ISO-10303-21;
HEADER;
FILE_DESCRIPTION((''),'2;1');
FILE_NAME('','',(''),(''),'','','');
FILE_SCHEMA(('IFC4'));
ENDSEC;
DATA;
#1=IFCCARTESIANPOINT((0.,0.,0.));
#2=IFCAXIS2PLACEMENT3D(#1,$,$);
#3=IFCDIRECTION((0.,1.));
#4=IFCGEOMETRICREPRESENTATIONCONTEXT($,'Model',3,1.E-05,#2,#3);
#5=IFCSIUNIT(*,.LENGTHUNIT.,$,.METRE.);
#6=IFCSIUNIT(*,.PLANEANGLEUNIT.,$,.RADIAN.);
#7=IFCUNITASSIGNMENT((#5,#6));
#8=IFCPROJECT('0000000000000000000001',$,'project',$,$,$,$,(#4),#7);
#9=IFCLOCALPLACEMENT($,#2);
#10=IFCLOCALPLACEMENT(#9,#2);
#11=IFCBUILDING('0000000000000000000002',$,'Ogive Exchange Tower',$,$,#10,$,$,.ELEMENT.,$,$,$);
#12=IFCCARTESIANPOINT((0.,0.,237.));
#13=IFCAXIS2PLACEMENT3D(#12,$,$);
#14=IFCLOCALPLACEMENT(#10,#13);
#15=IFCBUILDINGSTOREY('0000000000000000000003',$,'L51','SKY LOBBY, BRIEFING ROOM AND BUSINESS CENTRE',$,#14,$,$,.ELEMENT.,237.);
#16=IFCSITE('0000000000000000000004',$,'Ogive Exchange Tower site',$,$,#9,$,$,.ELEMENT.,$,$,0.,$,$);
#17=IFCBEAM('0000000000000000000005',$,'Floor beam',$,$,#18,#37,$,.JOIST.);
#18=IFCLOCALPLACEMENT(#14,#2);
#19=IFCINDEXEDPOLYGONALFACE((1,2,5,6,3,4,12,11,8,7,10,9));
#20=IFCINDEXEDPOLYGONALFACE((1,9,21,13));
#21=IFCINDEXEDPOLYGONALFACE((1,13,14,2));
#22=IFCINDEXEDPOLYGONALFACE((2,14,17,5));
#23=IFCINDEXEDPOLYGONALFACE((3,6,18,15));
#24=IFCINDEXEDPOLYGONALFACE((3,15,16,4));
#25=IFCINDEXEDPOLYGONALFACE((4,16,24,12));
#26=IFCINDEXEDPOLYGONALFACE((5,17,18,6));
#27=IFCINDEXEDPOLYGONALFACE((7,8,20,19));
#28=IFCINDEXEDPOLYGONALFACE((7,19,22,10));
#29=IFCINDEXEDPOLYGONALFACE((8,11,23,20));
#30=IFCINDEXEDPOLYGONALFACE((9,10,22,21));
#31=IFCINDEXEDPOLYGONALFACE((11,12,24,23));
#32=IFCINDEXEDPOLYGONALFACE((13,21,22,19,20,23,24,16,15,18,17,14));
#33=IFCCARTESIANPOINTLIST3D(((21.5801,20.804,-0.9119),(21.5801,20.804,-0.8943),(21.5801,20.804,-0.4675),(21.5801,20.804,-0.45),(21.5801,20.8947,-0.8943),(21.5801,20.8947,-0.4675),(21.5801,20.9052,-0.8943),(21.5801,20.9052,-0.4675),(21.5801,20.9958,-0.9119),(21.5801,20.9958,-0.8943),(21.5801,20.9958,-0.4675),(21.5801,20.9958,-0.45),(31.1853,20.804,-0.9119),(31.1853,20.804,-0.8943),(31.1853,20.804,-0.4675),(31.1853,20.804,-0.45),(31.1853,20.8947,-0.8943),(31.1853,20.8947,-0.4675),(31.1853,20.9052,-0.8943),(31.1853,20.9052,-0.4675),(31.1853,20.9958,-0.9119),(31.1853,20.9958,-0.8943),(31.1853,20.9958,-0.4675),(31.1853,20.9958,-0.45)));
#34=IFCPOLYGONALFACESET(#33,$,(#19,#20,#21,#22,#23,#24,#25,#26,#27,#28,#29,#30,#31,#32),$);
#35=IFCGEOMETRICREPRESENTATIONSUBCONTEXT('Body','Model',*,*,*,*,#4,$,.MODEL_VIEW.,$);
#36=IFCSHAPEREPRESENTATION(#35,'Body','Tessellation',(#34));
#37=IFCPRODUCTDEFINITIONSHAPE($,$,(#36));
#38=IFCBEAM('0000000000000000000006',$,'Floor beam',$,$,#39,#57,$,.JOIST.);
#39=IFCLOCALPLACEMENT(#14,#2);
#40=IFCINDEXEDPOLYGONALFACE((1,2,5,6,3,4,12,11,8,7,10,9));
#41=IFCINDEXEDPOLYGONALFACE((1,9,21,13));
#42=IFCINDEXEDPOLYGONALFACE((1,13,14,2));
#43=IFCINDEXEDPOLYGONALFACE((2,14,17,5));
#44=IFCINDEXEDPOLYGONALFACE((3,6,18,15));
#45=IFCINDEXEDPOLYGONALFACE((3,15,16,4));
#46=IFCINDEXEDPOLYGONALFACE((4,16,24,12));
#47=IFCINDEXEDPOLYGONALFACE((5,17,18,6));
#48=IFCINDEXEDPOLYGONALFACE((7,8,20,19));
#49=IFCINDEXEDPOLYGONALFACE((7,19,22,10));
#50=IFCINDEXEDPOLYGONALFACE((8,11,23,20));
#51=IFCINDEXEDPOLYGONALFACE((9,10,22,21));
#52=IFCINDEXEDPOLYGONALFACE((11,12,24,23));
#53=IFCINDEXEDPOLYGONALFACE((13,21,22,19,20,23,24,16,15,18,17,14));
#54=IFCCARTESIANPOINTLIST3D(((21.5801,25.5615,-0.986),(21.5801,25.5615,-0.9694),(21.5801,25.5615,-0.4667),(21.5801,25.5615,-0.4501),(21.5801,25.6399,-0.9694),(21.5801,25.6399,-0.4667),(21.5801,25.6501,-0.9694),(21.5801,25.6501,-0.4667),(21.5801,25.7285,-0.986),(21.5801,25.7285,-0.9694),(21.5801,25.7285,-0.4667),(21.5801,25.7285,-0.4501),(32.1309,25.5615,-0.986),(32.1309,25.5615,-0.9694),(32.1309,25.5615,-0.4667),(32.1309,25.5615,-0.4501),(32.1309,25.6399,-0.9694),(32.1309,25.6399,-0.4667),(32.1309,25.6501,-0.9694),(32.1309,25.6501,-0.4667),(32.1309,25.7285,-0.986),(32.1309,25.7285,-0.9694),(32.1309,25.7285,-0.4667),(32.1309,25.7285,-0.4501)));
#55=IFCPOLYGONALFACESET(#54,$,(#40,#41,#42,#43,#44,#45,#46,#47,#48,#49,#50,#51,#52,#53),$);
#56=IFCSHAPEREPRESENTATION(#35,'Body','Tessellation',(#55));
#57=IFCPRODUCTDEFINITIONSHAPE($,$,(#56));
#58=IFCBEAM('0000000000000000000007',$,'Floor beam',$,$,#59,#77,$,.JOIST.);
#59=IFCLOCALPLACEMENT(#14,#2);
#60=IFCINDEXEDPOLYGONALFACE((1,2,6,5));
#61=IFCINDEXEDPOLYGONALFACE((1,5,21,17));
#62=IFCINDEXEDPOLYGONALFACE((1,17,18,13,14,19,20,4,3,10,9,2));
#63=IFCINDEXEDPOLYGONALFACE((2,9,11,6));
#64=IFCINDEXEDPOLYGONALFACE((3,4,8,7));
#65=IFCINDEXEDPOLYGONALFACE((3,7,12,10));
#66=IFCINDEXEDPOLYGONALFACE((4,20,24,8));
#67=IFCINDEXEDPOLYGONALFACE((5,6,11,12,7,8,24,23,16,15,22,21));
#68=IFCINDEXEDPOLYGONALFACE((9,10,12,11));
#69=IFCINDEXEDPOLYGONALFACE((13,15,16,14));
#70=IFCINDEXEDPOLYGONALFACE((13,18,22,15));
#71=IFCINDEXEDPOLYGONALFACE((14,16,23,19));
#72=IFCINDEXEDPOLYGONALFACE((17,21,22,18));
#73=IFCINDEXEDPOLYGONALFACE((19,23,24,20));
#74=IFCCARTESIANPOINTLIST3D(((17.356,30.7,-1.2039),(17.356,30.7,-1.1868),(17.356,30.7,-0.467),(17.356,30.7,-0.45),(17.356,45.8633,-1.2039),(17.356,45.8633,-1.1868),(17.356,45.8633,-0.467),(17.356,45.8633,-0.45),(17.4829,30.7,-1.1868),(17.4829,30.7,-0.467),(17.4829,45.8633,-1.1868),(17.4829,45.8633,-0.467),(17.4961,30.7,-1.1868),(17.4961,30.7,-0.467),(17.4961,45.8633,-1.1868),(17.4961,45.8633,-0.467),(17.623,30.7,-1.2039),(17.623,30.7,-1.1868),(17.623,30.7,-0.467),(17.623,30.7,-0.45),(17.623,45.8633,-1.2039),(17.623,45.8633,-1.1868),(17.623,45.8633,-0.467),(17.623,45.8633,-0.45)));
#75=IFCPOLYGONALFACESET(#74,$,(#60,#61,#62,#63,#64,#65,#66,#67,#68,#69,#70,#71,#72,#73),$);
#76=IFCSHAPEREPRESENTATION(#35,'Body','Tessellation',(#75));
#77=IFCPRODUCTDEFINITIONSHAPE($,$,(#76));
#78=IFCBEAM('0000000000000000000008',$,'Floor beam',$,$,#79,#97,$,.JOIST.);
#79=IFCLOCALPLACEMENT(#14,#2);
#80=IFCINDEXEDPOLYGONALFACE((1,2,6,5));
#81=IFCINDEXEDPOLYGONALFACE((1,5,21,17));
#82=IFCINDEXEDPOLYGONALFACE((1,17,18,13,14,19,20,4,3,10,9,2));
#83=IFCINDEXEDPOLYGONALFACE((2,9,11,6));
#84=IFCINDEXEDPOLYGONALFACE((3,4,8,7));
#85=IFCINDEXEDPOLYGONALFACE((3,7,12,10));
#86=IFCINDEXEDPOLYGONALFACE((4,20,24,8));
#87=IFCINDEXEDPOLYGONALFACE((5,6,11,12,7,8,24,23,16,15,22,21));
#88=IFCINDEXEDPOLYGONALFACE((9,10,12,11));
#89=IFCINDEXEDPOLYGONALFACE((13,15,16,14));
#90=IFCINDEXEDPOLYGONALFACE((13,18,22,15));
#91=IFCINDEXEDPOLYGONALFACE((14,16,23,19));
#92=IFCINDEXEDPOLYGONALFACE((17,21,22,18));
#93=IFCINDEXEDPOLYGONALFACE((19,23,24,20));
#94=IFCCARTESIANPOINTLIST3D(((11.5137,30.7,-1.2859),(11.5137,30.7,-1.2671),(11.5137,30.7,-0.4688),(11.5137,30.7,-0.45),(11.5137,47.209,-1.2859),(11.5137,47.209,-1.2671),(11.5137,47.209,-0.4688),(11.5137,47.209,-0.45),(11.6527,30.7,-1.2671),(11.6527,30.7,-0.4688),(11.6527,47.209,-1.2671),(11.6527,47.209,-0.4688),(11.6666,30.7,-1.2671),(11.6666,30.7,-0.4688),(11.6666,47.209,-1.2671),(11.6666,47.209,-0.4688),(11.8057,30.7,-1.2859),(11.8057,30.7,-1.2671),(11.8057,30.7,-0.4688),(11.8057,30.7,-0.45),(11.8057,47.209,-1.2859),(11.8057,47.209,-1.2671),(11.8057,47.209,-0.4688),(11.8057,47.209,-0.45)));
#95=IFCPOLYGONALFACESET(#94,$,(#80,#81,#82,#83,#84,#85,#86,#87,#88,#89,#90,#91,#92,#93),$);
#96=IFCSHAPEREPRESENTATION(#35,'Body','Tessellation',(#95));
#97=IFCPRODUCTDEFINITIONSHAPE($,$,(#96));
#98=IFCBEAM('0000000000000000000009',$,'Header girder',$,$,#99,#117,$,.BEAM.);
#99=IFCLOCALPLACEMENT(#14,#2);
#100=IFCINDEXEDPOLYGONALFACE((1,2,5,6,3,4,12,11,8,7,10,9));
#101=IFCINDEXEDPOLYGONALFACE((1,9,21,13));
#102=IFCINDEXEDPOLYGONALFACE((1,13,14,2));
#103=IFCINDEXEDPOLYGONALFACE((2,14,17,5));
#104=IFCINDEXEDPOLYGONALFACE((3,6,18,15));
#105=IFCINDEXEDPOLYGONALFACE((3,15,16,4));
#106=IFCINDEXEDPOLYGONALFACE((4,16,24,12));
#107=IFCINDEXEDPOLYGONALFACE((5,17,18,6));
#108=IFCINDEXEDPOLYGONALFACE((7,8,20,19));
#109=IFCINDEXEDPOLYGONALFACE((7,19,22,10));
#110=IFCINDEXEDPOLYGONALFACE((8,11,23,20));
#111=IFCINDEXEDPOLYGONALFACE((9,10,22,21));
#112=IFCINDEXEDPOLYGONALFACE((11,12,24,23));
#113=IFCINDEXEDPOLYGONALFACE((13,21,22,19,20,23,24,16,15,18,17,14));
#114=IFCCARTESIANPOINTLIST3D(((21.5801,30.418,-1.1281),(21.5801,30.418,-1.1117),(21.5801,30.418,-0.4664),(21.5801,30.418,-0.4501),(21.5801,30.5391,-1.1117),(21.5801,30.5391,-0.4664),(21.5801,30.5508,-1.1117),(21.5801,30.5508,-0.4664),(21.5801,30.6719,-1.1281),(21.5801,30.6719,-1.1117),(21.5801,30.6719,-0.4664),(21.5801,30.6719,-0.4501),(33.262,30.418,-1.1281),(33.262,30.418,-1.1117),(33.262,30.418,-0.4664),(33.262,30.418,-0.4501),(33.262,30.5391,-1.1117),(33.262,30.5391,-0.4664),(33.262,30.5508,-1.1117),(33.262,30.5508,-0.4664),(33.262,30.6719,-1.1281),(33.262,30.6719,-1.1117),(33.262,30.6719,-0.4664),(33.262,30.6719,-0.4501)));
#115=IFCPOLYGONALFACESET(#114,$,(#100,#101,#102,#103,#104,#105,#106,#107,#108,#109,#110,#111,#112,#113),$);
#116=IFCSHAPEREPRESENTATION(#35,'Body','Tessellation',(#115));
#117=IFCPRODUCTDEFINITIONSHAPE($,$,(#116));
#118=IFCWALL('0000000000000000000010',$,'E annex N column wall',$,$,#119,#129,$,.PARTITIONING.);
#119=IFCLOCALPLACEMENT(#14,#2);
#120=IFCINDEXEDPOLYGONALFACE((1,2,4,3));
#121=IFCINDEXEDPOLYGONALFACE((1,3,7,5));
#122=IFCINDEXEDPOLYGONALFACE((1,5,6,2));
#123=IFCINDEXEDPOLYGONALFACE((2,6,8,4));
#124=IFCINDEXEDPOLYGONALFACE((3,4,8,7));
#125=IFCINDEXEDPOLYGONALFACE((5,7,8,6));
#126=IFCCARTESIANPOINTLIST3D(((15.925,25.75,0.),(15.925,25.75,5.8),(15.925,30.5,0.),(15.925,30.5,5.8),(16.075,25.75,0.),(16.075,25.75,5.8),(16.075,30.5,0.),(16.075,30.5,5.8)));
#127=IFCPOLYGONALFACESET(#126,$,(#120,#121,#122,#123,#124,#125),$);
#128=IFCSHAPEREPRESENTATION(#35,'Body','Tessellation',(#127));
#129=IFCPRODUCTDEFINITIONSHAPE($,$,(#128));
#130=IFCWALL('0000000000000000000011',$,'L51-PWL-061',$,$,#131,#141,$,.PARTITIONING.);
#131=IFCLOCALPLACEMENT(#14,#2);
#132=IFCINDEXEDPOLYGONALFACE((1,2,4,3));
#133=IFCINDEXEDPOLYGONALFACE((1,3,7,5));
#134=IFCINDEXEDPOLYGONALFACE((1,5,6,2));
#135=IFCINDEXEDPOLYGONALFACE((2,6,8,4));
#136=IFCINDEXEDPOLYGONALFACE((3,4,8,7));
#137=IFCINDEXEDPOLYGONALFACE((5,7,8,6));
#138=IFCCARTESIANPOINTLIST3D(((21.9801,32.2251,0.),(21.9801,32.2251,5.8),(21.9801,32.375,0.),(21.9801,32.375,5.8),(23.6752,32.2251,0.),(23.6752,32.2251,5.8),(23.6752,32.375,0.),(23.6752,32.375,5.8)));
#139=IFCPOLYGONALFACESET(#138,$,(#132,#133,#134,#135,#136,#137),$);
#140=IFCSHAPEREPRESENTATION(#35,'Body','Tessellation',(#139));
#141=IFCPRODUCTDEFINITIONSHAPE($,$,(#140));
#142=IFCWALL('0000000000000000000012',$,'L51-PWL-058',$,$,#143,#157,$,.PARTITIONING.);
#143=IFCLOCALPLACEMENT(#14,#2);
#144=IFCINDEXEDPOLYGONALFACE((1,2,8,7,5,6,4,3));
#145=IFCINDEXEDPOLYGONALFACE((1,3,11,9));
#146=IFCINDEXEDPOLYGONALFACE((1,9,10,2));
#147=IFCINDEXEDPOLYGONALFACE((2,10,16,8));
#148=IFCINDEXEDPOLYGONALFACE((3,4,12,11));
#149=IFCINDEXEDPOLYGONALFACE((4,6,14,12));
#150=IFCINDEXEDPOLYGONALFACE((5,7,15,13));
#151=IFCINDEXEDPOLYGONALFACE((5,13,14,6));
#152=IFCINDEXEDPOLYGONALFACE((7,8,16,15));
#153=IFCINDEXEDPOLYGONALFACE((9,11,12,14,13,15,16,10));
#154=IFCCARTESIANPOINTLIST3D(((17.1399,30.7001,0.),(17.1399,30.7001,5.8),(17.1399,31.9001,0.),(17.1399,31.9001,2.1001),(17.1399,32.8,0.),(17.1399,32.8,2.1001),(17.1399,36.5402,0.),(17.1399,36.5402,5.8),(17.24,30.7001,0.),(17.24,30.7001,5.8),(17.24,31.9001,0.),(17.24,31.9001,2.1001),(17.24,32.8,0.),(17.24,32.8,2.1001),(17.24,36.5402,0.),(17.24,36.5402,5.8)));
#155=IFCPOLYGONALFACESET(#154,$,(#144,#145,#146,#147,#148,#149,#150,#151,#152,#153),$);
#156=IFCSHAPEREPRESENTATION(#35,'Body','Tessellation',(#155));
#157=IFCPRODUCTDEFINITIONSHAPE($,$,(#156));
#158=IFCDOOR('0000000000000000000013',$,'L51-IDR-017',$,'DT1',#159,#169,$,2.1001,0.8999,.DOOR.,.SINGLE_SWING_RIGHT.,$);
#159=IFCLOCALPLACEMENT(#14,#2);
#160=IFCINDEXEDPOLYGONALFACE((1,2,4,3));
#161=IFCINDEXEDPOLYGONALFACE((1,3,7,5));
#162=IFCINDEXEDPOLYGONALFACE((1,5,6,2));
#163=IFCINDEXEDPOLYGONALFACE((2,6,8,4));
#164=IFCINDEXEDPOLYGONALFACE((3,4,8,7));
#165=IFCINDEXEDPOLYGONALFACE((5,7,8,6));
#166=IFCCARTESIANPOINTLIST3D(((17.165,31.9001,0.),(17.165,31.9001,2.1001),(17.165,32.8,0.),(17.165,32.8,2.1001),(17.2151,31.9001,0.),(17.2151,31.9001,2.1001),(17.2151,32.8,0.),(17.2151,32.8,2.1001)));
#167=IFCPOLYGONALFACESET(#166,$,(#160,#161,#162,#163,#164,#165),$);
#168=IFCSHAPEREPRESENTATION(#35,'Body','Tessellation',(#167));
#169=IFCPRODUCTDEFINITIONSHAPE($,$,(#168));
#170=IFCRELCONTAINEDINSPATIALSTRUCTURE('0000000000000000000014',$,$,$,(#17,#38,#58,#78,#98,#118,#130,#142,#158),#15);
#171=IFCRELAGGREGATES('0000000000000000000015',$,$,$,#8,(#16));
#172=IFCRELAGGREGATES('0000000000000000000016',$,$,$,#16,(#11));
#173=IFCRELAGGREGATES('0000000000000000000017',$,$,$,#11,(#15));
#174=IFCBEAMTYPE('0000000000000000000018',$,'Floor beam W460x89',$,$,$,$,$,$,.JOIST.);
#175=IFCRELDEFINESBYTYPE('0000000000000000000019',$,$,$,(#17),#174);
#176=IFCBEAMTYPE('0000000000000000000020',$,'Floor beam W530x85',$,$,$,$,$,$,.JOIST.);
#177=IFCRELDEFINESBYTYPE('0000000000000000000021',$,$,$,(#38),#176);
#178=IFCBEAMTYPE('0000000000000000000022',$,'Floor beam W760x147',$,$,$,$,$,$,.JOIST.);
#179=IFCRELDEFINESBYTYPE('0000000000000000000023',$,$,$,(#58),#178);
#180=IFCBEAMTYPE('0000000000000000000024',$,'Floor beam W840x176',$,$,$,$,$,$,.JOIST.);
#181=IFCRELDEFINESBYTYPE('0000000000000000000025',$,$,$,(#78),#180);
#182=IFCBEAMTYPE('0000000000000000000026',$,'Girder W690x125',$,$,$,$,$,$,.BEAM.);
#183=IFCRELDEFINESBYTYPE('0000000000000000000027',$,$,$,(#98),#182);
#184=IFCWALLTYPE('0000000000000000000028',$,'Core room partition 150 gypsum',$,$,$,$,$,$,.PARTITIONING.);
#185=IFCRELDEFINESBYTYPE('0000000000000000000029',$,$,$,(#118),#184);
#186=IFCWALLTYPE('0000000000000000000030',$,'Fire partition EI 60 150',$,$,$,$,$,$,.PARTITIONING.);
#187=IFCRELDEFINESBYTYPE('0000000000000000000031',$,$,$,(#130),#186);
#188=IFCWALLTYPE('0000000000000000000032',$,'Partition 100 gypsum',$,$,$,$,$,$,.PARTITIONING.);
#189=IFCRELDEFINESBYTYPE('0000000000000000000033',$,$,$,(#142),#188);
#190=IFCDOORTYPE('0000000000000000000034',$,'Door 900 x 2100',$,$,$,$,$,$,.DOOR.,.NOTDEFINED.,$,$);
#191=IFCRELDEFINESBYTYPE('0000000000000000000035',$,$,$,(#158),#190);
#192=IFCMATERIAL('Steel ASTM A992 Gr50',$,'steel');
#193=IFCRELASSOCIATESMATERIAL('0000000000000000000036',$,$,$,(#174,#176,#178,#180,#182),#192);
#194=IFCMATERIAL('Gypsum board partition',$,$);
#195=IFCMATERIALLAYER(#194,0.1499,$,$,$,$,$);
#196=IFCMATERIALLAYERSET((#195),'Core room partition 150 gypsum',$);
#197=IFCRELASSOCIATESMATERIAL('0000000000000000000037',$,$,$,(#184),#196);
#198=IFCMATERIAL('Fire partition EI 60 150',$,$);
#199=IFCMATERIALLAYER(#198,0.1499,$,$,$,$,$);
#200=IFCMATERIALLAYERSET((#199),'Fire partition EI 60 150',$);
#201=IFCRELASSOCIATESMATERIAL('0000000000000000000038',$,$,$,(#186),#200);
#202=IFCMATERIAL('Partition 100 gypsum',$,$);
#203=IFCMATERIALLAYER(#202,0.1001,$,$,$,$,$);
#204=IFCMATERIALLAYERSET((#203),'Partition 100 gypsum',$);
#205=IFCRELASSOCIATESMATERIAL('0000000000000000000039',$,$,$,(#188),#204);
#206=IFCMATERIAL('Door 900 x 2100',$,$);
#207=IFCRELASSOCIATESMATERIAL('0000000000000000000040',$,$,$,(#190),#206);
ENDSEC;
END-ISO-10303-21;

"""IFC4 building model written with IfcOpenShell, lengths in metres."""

from ifc_helpers import new_model, si_unit, direction, frame, frame_2d, origin, origin_2d, place, context, subcontext, project, spatial, rectangle, i_section, extrude, material, layer, layer_set, material_profile, profile_set, type_object, element, fill, save


model = new_model("IFC4")

# Units and contexts
model_context = context("Model", 3, precision=1e-05, world=origin(), true_north=direction((0.0, 1.0)))
body_context = subcontext(model_context, "Body", "Model", "MODEL_VIEW")
ifc_project = project(units=[si_unit("LENGTHUNIT", "METRE"), si_unit("PLANEANGLEUNIT", "RADIAN")], contexts=[model_context])

# Site, building, storey
site_placement = place(None, origin())
site = spatial("IfcSite", under=ifc_project, at=site_placement, Name="Ogive Exchange Tower site", CompositionType="ELEMENT", RefElevation=0.0)
building_placement = place(site_placement, origin())
building = spatial("IfcBuilding", under=site, at=building_placement, Name="Ogive Exchange Tower", CompositionType="ELEMENT")
storey_placement = place(building_placement, frame((0.0, 0.0, 237.0)))
storey = spatial("IfcBuildingStorey", under=building, at=storey_placement, Name="L51", Description="SKY LOBBY, BRIEFING ROOM AND BUSINESS CENTRE", CompositionType="ELEMENT", Elevation=237.0)

# Beams
ifc_material_1 = material(Name="Steel ASTM A992 Gr50", Category="steel")
ifc_material_profile_1 = material_profile(ifc_material_1, i_section(OverallWidth=0.1919, OverallDepth=0.4619, WebThickness=0.0105, FlangeThickness=0.0176, at=origin_2d()), Name="W460x89")
ifc_profile_set_1 = profile_set([ifc_material_profile_1], Name="Steel ASTM A992 Gr50")
beam_type_1 = type_object("IfcBeamType", Name="Floor beam W460x89", PredefinedType="JOIST", material=ifc_profile_set_1)
beam_1_placement = place(storey_placement, frame((21.5801, 20.8999, -0.6809), z_axis=(1.0, 0.0, 0.0), x_axis=(0.0, 1.0, 0.0)))
element("IfcBeam", 1, at=beam_1_placement, inside=storey, type_object=beam_type_1, Name="Floor beam", PredefinedType="JOIST", context=body_context, shape_type="SweptSolid", body=[
    extrude(i_section(OverallWidth=0.1919, OverallDepth=0.4619, WebThickness=0.0105, FlangeThickness=0.0176, at=origin_2d()), origin(), (0.0, 0.0, 1.0), 9.6052),
])
ifc_material_profile_2 = material_profile(ifc_material_1, i_section(OverallWidth=0.167, OverallDepth=0.5359, WebThickness=0.0103, FlangeThickness=0.0166, at=origin_2d()), Name="W530x85")
ifc_profile_set_2 = profile_set([ifc_material_profile_2], Name="Steel ASTM A992 Gr50")
beam_type_2 = type_object("IfcBeamType", Name="Floor beam W530x85", PredefinedType="JOIST", material=ifc_profile_set_2)
beam_2_placement = place(storey_placement, frame((21.5801, 25.645, -0.718), z_axis=(1.0, 0.0, 0.0), x_axis=(0.0, 1.0, 0.0)))
element("IfcBeam", 2, at=beam_2_placement, inside=storey, type_object=beam_type_2, Name="Floor beam", PredefinedType="JOIST", context=body_context, shape_type="SweptSolid", body=[
    extrude(i_section(OverallWidth=0.167, OverallDepth=0.5359, WebThickness=0.0103, FlangeThickness=0.0166, at=origin_2d()), origin(), (0.0, 0.0, 1.0), 10.5508),
])
ifc_material_profile_3 = material_profile(ifc_material_1, i_section(OverallWidth=0.2671, OverallDepth=0.7539, WebThickness=0.0132, FlangeThickness=0.0171, at=origin_2d()), Name="W760x147")
ifc_profile_set_3 = profile_set([ifc_material_profile_3], Name="Steel ASTM A992 Gr50")
beam_type_3 = type_object("IfcBeamType", Name="Floor beam W760x147", PredefinedType="JOIST", material=ifc_profile_set_3)
beam_3_placement = place(storey_placement, frame((17.4895, 30.7, -0.8269), z_axis=(0.0, 1.0, 0.0), x_axis=(-1.0, 0.0, 0.0)))
element("IfcBeam", 3, at=beam_3_placement, inside=storey, type_object=beam_type_3, Name="Floor beam", PredefinedType="JOIST", context=body_context, shape_type="SweptSolid", body=[
    extrude(i_section(OverallWidth=0.2671, OverallDepth=0.7539, WebThickness=0.0132, FlangeThickness=0.0171, at=origin_2d()), origin(), (0.0, 0.0, 1.0), 15.1633),
])
ifc_material_profile_4 = material_profile(ifc_material_1, i_section(OverallWidth=0.292, OverallDepth=0.8359, WebThickness=0.0139, FlangeThickness=0.0188, at=origin_2d()), Name="W840x176")
ifc_profile_set_4 = profile_set([ifc_material_profile_4], Name="Steel ASTM A992 Gr50")
beam_type_4 = type_object("IfcBeamType", Name="Floor beam W840x176", PredefinedType="JOIST", material=ifc_profile_set_4)
beam_4_placement = place(storey_placement, frame((11.6597, 30.7, -0.8679), z_axis=(0.0, 1.0, 0.0), x_axis=(-1.0, 0.0, 0.0)))
element("IfcBeam", 4, at=beam_4_placement, inside=storey, type_object=beam_type_4, Name="Floor beam", PredefinedType="JOIST", context=body_context, shape_type="SweptSolid", body=[
    extrude(i_section(OverallWidth=0.292, OverallDepth=0.8359, WebThickness=0.0139, FlangeThickness=0.0188, at=origin_2d()), origin(), (0.0, 0.0, 1.0), 16.509),
])
ifc_material_profile_5 = material_profile(ifc_material_1, i_section(OverallWidth=0.2539, OverallDepth=0.678, WebThickness=0.0117, FlangeThickness=0.0164, at=origin_2d()), Name="W690x125")
ifc_profile_set_5 = profile_set([ifc_material_profile_5], Name="Steel ASTM A992 Gr50")
beam_type_5 = type_object("IfcBeamType", Name="Girder W690x125", PredefinedType="BEAM", material=ifc_profile_set_5)
beam_5_placement = place(storey_placement, frame((21.5801, 30.5449, -0.7891), z_axis=(1.0, 0.0, 0.0), x_axis=(0.0, 1.0, 0.0)))
element("IfcBeam", 5, at=beam_5_placement, inside=storey, type_object=beam_type_5, Name="Header girder", PredefinedType="BEAM", context=body_context, shape_type="SweptSolid", body=[
    extrude(i_section(OverallWidth=0.2539, OverallDepth=0.678, WebThickness=0.0117, FlangeThickness=0.0164, at=origin_2d()), origin(), (0.0, 0.0, 1.0), 11.6819),
])

# Walls
ifc_material_2 = material(Name="Gypsum board partition")
ifc_layer_1 = layer(ifc_material_2, 0.1499)
ifc_layer_set_1 = layer_set([ifc_layer_1], Name="Core room partition 150 gypsum")
wall_type_1 = type_object("IfcWallType", Name="Core room partition 150 gypsum", PredefinedType="PARTITIONING", material=ifc_layer_set_1)
wall_1_placement = place(storey_placement, frame((16.0, 25.75, 0.0), z_axis=(0.0, 0.0, 1.0), x_axis=(0.0, 1.0, 0.0)))
element("IfcWall", 6, at=wall_1_placement, inside=storey, type_object=wall_type_1, Name="E annex N column wall", PredefinedType="PARTITIONING", context=body_context, shape_type="SweptSolid", body=[
    extrude(rectangle(XDim=4.75, YDim=0.1499, at=frame_2d((2.375, 0.0))), origin(), (0.0, 0.0, 1.0), 5.8),
])
ifc_material_3 = material(Name="Fire partition EI 60 150")
ifc_layer_2 = layer(ifc_material_3, 0.1499)
ifc_layer_set_2 = layer_set([ifc_layer_2], Name="Fire partition EI 60 150")
wall_type_2 = type_object("IfcWallType", Name="Fire partition EI 60 150", PredefinedType="PARTITIONING", material=ifc_layer_set_2)
wall_2_placement = place(storey_placement, frame((21.98, 32.3, 0.0), z_axis=(0.0, 0.0, 1.0), x_axis=(1.0, 0.0, 0.0)))
element("IfcWall", 7, at=wall_2_placement, inside=storey, type_object=wall_type_2, Name="L51-PWL-061", PredefinedType="PARTITIONING", context=body_context, shape_type="SweptSolid", body=[
    extrude(rectangle(XDim=1.6951, YDim=0.1499, at=frame_2d((0.8477, 0.0))), origin(), (0.0, 0.0, 1.0), 5.8),
])

# Wall, opening, door
ifc_material_4 = material(Name="Partition 100 gypsum")
ifc_layer_3 = layer(ifc_material_4, 0.1001)
ifc_layer_set_3 = layer_set([ifc_layer_3], Name="Partition 100 gypsum")
wall_type_3 = type_object("IfcWallType", Name="Partition 100 gypsum", PredefinedType="PARTITIONING", material=ifc_layer_set_3)
wall_3_placement = place(storey_placement, frame((17.1899, 36.54, 0.0), z_axis=(0.0, 0.0, 1.0), x_axis=(0.0, -1.0, 0.0)))
wall_3 = element("IfcWall", 8, at=wall_3_placement, inside=storey, type_object=wall_type_3, Name="L51-PWL-058", PredefinedType="PARTITIONING", context=body_context, shape_type="SweptSolid", body=[
    extrude(rectangle(XDim=5.8401, YDim=0.1001, at=frame_2d((2.9199, 0.0))), origin(), (0.0, 0.0, 1.0), 5.8),
])
opening_1_placement = place(wall_3_placement, frame((3.74, 0.0, 0.0)))
opening_1 = element("IfcOpeningElement", 9, at=opening_1_placement, cuts=wall_3, PredefinedType="OPENING", context=body_context, shape_type="SweptSolid", body=[
    extrude(rectangle(XDim=0.8999, YDim=2.1001, at=frame_2d((0.45, 1.05))), frame((0.0, 0.0601, 0.0), z_axis=(0.0, -1.0, 0.0), x_axis=(1.0, 0.0, 0.0)), (0.0, 0.0, 1.0), 0.1201),
])
ifc_material_5 = material(Name="Door 900 x 2100")
door_type_1 = type_object("IfcDoorType", Name="Door 900 x 2100", OperationType="NOTDEFINED", PredefinedType="DOOR", material=ifc_material_5)
door_1_placement = place(opening_1_placement, frame((0.8999, 0.0, 0.0), z_axis=(0.0, 0.0, 1.0), x_axis=(-1.0, 0.0, 0.0)))
door_1 = element("IfcDoor", 10, at=door_1_placement, inside=storey, type_object=door_type_1, Name="L51-IDR-017", ObjectType="DT1", OperationType="SINGLE_SWING_RIGHT", OverallHeight=2.1001, OverallWidth=0.8999, PredefinedType="DOOR", context=body_context, shape_type="SweptSolid", body=[
    extrude(rectangle(XDim=0.8999, YDim=2.1001, at=frame_2d((0.45, 1.05))), frame((0.0, 0.0249, 0.0), z_axis=(0.0, -1.0, 0.0), x_axis=(1.0, 0.0, 0.0)), (0.0, 0.0, 1.0), 0.05),
])
fill(opening_1, door_1)

save(model, "model.ifc")
